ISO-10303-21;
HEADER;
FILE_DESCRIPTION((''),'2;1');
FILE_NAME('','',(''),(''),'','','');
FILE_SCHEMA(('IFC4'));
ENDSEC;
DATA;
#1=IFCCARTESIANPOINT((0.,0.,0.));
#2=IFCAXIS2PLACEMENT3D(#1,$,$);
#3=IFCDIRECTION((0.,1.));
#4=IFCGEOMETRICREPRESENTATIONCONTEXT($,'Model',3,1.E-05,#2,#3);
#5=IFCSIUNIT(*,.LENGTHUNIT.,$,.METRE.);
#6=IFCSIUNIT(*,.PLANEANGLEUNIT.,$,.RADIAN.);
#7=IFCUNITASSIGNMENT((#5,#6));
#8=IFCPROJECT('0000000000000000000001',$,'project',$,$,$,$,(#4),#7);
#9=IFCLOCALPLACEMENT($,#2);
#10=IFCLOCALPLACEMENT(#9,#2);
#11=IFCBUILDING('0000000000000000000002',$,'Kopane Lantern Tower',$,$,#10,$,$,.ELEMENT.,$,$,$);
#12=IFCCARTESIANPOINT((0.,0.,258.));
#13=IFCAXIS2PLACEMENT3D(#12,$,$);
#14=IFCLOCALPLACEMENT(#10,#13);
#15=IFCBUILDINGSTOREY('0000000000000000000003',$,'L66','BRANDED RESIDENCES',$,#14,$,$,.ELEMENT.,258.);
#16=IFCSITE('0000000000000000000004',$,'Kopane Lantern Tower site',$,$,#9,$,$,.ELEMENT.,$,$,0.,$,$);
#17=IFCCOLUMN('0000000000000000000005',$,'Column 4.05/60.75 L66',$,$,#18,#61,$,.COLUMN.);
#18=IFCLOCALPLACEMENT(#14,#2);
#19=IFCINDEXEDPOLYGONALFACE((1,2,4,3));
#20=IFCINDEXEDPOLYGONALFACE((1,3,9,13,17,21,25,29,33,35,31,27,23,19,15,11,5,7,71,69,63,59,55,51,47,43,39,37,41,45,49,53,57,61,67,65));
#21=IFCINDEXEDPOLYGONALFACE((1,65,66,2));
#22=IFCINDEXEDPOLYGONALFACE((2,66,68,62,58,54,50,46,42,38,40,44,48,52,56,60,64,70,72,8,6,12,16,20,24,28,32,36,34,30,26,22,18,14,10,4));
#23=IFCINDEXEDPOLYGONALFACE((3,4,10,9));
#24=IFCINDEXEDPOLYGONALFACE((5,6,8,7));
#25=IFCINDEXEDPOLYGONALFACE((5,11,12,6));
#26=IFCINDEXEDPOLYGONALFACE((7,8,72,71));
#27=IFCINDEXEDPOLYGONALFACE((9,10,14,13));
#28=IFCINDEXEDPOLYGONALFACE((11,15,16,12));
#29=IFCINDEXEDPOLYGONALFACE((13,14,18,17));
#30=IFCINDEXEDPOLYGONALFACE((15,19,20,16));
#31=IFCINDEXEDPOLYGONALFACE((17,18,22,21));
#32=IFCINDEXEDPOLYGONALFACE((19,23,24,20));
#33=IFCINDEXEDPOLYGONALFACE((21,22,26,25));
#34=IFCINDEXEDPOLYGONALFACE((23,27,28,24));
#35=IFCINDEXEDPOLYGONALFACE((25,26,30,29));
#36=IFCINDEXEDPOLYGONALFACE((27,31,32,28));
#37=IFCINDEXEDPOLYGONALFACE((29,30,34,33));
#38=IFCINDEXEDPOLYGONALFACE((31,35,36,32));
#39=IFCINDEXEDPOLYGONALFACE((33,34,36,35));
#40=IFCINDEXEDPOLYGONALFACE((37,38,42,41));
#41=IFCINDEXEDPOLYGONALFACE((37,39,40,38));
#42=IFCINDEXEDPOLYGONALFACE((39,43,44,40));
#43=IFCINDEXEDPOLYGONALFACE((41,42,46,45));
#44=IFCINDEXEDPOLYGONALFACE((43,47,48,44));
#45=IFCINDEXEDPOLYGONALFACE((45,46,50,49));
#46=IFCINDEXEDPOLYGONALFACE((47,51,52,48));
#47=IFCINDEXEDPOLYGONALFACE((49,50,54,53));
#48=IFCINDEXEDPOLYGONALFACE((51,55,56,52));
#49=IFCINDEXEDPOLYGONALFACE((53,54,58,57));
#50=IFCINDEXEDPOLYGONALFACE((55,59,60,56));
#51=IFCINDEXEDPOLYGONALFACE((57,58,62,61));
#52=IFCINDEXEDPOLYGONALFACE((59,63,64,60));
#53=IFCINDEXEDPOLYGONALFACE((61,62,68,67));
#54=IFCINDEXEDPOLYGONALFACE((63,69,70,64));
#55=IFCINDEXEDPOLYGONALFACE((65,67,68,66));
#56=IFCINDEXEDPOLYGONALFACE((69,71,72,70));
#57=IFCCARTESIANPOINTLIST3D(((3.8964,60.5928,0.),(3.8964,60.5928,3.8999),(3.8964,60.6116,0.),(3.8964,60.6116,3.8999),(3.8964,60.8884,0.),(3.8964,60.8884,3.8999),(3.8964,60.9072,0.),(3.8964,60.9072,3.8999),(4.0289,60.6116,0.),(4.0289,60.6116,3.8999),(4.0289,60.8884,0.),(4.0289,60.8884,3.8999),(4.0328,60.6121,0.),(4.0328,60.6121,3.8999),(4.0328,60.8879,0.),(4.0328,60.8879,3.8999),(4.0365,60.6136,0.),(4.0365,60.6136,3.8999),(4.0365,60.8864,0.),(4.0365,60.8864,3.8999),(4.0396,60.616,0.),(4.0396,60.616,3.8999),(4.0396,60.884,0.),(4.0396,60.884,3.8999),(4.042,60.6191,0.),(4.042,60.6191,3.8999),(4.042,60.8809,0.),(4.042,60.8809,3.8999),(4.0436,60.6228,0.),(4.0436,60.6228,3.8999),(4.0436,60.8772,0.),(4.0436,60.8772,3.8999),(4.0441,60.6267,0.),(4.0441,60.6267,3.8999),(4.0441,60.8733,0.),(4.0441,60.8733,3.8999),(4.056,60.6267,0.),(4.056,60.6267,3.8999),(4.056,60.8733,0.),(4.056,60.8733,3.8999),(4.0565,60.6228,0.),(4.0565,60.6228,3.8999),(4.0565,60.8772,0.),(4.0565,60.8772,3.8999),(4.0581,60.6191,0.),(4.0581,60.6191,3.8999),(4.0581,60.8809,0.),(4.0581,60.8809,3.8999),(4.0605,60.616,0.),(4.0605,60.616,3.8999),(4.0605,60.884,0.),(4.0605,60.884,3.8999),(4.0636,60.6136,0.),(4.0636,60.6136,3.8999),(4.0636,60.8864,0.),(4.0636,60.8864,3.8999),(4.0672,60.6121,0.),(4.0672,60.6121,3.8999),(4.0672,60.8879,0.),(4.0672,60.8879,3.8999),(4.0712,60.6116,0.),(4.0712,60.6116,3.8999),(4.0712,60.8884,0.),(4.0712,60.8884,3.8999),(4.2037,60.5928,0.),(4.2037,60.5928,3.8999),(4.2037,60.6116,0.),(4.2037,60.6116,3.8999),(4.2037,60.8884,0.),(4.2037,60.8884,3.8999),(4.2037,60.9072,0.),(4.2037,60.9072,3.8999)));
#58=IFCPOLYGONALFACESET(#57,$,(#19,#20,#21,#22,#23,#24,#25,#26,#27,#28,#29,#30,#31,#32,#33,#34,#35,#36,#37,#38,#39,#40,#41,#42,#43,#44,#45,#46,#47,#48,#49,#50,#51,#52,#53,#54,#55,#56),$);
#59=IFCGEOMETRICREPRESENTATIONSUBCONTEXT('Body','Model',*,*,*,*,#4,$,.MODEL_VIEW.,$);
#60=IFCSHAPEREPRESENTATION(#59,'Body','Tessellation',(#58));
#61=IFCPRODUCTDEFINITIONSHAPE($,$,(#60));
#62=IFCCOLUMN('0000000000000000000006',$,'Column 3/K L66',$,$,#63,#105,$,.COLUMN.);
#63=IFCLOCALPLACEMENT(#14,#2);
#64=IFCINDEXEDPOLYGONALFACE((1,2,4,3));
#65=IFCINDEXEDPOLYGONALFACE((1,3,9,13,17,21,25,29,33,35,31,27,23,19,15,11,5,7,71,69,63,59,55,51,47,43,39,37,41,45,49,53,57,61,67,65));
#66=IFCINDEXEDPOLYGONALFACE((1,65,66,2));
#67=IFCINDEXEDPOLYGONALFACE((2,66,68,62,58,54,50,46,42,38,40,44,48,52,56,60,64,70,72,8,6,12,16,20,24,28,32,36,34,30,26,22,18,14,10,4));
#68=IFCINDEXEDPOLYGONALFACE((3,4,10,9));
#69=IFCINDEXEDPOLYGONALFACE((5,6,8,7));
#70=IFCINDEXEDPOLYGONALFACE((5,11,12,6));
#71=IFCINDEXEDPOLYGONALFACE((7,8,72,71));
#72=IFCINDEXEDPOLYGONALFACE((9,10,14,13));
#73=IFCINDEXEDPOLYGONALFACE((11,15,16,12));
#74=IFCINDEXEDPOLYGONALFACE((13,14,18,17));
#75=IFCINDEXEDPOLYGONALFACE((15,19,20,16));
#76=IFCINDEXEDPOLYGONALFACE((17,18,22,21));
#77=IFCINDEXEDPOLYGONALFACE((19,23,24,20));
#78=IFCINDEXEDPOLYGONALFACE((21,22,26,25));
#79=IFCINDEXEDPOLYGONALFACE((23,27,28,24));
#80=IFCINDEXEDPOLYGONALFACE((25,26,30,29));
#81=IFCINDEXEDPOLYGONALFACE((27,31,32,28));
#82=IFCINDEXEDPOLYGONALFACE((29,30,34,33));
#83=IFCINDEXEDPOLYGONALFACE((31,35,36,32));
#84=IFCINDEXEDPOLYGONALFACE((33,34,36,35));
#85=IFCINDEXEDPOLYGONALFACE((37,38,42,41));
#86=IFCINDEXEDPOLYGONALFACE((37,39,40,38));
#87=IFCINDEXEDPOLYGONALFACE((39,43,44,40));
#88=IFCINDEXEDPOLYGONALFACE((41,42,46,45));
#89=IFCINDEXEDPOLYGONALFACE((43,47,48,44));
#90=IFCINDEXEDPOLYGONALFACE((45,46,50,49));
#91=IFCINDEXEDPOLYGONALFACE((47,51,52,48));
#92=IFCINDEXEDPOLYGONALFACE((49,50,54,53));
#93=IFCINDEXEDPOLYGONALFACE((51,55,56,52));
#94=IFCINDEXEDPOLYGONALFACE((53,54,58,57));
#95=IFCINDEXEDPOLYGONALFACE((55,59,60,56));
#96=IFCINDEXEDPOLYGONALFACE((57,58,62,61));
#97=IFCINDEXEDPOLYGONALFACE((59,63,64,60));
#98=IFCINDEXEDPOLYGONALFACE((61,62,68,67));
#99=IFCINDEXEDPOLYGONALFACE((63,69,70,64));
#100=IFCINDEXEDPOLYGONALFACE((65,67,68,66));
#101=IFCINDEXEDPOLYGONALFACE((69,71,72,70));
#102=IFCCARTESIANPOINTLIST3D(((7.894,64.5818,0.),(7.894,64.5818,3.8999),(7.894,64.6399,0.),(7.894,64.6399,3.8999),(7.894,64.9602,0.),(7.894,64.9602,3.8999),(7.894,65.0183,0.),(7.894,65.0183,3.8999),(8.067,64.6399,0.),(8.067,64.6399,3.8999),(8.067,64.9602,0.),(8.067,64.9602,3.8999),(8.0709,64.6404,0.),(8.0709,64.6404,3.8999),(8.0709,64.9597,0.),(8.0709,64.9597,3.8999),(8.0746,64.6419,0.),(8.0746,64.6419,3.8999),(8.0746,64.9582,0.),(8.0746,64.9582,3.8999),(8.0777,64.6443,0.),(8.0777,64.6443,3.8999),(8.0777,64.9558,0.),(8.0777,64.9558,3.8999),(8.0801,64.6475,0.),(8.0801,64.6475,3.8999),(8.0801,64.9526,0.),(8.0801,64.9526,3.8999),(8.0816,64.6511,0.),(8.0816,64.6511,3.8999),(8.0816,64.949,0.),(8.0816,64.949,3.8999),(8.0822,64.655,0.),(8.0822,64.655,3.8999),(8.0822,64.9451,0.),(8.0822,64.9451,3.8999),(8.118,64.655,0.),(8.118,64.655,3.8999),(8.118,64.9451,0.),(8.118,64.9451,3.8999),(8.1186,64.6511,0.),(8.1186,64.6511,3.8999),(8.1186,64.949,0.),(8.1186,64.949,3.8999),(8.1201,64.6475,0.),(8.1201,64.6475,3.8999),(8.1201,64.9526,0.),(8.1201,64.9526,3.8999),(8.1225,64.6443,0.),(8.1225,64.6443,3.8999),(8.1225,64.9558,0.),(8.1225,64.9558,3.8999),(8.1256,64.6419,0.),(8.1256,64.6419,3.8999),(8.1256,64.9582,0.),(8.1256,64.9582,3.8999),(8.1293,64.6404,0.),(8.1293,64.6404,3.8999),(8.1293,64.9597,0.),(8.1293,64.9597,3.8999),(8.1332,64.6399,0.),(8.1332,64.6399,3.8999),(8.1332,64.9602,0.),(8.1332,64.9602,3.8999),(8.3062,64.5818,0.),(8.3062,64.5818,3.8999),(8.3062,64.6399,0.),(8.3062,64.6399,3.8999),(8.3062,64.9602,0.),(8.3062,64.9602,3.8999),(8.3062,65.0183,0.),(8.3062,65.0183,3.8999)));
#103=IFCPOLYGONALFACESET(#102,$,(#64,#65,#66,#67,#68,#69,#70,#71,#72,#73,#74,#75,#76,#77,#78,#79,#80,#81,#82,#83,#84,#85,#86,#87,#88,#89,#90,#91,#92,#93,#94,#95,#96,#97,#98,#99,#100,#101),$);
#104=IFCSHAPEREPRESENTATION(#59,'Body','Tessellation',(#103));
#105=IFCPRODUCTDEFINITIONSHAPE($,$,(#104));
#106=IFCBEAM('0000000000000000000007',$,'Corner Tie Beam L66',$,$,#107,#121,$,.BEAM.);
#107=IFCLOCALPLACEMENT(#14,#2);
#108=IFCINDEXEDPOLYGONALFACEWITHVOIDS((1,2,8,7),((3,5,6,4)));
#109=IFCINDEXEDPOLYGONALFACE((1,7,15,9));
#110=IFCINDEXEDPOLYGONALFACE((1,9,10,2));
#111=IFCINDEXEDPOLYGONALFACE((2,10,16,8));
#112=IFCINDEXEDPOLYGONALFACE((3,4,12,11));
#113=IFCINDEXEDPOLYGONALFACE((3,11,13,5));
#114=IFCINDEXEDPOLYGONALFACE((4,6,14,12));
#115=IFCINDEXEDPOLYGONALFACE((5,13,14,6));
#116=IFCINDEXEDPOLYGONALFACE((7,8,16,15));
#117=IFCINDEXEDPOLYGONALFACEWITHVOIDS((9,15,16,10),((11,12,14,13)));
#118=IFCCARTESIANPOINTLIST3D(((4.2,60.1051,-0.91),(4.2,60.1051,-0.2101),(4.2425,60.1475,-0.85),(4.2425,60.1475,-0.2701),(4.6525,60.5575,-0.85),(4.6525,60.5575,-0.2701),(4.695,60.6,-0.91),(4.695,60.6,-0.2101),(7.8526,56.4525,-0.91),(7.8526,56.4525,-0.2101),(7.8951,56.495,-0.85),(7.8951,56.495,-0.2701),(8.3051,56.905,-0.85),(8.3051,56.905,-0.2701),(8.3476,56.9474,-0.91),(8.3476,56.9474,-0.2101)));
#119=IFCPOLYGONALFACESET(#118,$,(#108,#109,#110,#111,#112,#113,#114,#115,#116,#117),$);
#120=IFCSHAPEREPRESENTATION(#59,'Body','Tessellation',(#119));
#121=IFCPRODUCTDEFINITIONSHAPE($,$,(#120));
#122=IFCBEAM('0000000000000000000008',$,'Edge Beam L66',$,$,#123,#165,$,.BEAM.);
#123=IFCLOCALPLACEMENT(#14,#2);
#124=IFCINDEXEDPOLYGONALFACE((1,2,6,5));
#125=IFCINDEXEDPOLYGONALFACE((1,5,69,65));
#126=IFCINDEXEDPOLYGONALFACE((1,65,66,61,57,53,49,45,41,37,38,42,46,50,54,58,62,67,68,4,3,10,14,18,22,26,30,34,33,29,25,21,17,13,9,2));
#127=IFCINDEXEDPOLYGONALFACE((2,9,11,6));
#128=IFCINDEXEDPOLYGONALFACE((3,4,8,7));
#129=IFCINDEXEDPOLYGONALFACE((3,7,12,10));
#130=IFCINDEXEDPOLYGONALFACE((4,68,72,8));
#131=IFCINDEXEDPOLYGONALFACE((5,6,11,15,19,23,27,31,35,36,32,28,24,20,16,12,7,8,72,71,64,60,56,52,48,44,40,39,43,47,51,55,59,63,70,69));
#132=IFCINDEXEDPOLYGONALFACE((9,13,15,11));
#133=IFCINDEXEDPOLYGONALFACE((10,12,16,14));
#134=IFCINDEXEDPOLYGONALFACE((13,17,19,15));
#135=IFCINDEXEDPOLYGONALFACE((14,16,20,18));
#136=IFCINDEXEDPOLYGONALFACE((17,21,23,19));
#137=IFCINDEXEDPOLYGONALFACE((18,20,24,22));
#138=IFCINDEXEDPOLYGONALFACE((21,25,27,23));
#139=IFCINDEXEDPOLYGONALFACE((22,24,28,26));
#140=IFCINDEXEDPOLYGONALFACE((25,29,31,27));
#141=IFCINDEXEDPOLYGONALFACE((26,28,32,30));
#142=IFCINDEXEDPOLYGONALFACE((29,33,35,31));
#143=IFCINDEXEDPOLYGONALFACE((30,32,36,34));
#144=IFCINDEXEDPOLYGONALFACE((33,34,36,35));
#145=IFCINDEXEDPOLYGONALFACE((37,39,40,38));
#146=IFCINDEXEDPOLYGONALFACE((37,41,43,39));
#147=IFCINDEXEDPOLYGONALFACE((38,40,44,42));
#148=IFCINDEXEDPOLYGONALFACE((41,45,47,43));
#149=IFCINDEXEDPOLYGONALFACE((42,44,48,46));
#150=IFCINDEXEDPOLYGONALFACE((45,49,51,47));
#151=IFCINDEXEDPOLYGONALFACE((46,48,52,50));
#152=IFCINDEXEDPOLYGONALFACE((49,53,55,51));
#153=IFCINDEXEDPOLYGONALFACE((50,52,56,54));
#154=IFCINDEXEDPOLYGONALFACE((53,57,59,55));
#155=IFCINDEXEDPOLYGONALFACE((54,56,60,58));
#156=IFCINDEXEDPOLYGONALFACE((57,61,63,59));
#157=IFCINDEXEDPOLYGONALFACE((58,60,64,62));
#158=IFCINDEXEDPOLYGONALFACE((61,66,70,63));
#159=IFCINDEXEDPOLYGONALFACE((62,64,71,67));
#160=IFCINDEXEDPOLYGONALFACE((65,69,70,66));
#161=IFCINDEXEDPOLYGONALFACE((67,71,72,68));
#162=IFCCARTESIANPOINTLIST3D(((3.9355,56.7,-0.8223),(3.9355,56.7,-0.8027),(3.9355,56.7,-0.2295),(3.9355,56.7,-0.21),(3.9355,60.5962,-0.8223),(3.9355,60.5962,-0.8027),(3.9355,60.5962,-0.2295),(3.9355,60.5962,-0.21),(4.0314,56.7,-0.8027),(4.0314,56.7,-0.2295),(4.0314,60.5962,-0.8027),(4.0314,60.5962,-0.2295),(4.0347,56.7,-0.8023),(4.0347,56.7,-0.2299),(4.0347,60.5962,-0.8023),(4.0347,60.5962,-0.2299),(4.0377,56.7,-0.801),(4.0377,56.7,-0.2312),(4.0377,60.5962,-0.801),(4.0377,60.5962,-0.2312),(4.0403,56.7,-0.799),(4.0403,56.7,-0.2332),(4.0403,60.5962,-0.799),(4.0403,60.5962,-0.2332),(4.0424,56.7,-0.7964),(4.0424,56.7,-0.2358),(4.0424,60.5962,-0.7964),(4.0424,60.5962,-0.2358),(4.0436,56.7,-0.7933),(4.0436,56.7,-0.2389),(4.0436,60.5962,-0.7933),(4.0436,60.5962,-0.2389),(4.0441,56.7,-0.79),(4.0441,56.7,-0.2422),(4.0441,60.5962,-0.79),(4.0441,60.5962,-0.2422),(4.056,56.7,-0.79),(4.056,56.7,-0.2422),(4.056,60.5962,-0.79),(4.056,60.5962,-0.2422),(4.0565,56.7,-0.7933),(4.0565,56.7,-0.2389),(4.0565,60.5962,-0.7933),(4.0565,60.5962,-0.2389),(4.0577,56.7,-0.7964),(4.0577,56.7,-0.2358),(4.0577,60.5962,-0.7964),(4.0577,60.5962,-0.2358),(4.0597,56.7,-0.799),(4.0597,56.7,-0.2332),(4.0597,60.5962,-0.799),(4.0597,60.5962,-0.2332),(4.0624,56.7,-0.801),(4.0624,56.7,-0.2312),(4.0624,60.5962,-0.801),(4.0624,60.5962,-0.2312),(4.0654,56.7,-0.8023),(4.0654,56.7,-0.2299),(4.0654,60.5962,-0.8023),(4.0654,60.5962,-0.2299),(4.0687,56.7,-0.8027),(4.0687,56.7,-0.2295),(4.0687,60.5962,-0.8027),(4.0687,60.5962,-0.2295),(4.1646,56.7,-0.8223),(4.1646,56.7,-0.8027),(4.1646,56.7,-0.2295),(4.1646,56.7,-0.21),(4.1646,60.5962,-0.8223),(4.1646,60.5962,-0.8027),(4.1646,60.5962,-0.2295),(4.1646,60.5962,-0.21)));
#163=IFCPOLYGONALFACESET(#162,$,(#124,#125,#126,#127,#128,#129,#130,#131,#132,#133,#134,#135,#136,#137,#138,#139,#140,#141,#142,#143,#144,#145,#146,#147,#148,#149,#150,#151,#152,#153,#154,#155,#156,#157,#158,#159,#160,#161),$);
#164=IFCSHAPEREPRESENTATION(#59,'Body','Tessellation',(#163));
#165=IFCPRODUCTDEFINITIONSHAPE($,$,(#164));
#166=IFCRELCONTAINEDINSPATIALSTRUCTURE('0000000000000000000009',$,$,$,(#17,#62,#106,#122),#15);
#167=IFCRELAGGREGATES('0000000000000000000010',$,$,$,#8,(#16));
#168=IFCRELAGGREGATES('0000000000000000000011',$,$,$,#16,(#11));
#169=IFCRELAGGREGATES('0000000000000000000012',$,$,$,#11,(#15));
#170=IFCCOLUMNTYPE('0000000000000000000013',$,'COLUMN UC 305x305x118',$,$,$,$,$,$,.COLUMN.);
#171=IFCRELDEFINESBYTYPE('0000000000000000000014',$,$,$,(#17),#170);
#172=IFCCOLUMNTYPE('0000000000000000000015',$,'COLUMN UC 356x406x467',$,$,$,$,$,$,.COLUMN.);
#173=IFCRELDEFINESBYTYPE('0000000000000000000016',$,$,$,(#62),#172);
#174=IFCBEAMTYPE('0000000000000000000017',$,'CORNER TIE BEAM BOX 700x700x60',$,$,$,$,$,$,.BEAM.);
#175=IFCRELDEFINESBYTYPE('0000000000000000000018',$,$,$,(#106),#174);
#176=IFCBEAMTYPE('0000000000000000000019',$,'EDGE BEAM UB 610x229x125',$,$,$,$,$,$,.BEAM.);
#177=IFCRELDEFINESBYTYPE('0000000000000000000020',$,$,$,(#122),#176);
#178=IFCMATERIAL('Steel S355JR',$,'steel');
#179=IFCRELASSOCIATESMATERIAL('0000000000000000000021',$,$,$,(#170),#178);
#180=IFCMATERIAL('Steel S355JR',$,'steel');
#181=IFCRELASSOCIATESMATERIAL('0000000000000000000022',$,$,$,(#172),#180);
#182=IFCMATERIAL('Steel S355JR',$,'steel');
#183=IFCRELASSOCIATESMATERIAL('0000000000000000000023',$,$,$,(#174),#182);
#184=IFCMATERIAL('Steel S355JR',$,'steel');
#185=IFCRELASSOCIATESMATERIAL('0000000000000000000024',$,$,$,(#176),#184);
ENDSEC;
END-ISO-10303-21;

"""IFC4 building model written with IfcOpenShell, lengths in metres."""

from ifc_helpers import new_model, si_unit, direction, frame, origin, origin_2d, place, context, subcontext, project, spatial, hollow_rectangle, i_section, extrude, material, material_profile, profile_set, type_object, element, save


model = new_model("IFC4")

# Units and contexts
model_context = context("Model", 3, precision=1e-05, world=origin(), true_north=direction((0.0, 1.0)))
body_context = subcontext(model_context, "Body", "Model", "MODEL_VIEW")
ifc_project = project(units=[si_unit("LENGTHUNIT", "METRE"), si_unit("PLANEANGLEUNIT", "RADIAN")], contexts=[model_context])

# Site, building, storey
site_placement = place(None, origin())
site = spatial("IfcSite", under=ifc_project, at=site_placement, Name="Kopane Lantern Tower site", CompositionType="ELEMENT", RefElevation=0.0)
building_placement = place(site_placement, origin())
building = spatial("IfcBuilding", under=site, at=building_placement, Name="Kopane Lantern Tower", CompositionType="ELEMENT")
storey_placement = place(building_placement, frame((0.0, 0.0, 258.0)))
storey = spatial("IfcBuildingStorey", under=building, at=storey_placement, Name="L66", Description="BRANDED RESIDENCES", CompositionType="ELEMENT", Elevation=258.0)

# Columns
ifc_material_1 = material(Name="Steel S355JR", Category="steel")
ifc_material_profile_1 = material_profile(ifc_material_1, i_section(OverallWidth=0.3074, OverallDepth=0.3145, WebThickness=0.012, FlangeThickness=0.0188, FilletRadius=0.0151, at=origin_2d()), Name="UC 305x305x118")
ifc_profile_set_1 = profile_set([ifc_material_profile_1], Name="Steel S355JR")
column_type_1 = type_object("IfcColumnType", Name="COLUMN UC 305x305x118", PredefinedType="COLUMN", material=ifc_profile_set_1)
column_1_placement = place(storey_placement, frame((4.05, 60.75, 0.0), z_axis=(0.0, 0.0, 1.0), x_axis=(1.0, 0.0, 0.0)))
element("IfcColumn", 1, at=column_1_placement, inside=storey, type_object=column_type_1, Name="Column 4.05/60.75 L66", PredefinedType="COLUMN", context=body_context, shape_type="SweptSolid", body=[
    extrude(i_section(OverallWidth=0.3074, OverallDepth=0.3145, WebThickness=0.012, FlangeThickness=0.0188, FilletRadius=0.0151, at=origin_2d()), origin(), (0.0, 0.0, 1.0), 3.8999),
])
ifc_material_2 = material(Name="Steel S355JR", Category="steel")
ifc_material_profile_2 = material_profile(ifc_material_2, i_section(OverallWidth=0.4121, OverallDepth=0.4365, WebThickness=0.0359, FlangeThickness=0.0581, FilletRadius=0.0151, at=origin_2d()), Name="UC 356x406x467")
ifc_profile_set_2 = profile_set([ifc_material_profile_2], Name="Steel S355JR")
column_type_2 = type_object("IfcColumnType", Name="COLUMN UC 356x406x467", PredefinedType="COLUMN", material=ifc_profile_set_2)
column_2_placement = place(storey_placement, frame((8.1001, 64.8, 0.0), z_axis=(0.0, 0.0, 1.0), x_axis=(1.0, 0.0, 0.0)))
element("IfcColumn", 2, at=column_2_placement, inside=storey, type_object=column_type_2, Name="Column 3/K L66", PredefinedType="COLUMN", context=body_context, shape_type="SweptSolid", body=[
    extrude(i_section(OverallWidth=0.4121, OverallDepth=0.4365, WebThickness=0.0359, FlangeThickness=0.0581, FilletRadius=0.0151, at=origin_2d()), origin(), (0.0, 0.0, 1.0), 3.8999),
])

# Beams
ifc_material_3 = material(Name="Steel S355JR", Category="steel")
ifc_material_profile_3 = material_profile(ifc_material_3, hollow_rectangle(XDim=0.7, YDim=0.7, WallThickness=0.0601, at=origin_2d()), Name="BOX 700x700x60")
ifc_profile_set_3 = profile_set([ifc_material_profile_3], Name="Steel S355JR")
beam_type_1 = type_object("IfcBeamType", Name="CORNER TIE BEAM BOX 700x700x60", PredefinedType="BEAM", material=ifc_profile_set_3)
beam_1_placement = place(storey_placement, frame((4.4475, 60.3525, -0.5601), z_axis=(0.707107, -0.707107, 0.0), x_axis=(0.707107, 0.707107, 0.0)))
element("IfcBeam", 3, at=beam_1_placement, inside=storey, type_object=beam_type_1, Name="Corner Tie Beam L66", PredefinedType="BEAM", context=body_context, shape_type="SweptSolid", body=[
    extrude(hollow_rectangle(XDim=0.7, YDim=0.7, WallThickness=0.0601, at=origin_2d()), origin(), (0.0, 0.0, 1.0), 5.1655),
])
ifc_material_4 = material(Name="Steel S355JR", Category="steel")
ifc_material_profile_4 = material_profile(ifc_material_4, i_section(OverallWidth=0.229, OverallDepth=0.6123, WebThickness=0.012, FlangeThickness=0.0195, FilletRadius=0.0127, at=origin_2d()), Name="UB 610x229x125")
ifc_profile_set_4 = profile_set([ifc_material_profile_4], Name="Steel S355JR")
beam_type_2 = type_object("IfcBeamType", Name="EDGE BEAM UB 610x229x125", PredefinedType="BEAM", material=ifc_profile_set_4)
beam_2_placement = place(storey_placement, frame((4.05, 60.5962, -0.5161), z_axis=(0.0, -1.0, 0.0), x_axis=(1.0, 0.0, 0.0)))
element("IfcBeam", 4, at=beam_2_placement, inside=storey, type_object=beam_type_2, Name="Edge Beam L66", PredefinedType="BEAM", context=body_context, shape_type="SweptSolid", body=[
    extrude(i_section(OverallWidth=0.229, OverallDepth=0.6123, WebThickness=0.012, FlangeThickness=0.0195, FilletRadius=0.0127, at=origin_2d()), origin(), (0.0, 0.0, 1.0), 3.8962),
])

save(model, "model.ifc")
